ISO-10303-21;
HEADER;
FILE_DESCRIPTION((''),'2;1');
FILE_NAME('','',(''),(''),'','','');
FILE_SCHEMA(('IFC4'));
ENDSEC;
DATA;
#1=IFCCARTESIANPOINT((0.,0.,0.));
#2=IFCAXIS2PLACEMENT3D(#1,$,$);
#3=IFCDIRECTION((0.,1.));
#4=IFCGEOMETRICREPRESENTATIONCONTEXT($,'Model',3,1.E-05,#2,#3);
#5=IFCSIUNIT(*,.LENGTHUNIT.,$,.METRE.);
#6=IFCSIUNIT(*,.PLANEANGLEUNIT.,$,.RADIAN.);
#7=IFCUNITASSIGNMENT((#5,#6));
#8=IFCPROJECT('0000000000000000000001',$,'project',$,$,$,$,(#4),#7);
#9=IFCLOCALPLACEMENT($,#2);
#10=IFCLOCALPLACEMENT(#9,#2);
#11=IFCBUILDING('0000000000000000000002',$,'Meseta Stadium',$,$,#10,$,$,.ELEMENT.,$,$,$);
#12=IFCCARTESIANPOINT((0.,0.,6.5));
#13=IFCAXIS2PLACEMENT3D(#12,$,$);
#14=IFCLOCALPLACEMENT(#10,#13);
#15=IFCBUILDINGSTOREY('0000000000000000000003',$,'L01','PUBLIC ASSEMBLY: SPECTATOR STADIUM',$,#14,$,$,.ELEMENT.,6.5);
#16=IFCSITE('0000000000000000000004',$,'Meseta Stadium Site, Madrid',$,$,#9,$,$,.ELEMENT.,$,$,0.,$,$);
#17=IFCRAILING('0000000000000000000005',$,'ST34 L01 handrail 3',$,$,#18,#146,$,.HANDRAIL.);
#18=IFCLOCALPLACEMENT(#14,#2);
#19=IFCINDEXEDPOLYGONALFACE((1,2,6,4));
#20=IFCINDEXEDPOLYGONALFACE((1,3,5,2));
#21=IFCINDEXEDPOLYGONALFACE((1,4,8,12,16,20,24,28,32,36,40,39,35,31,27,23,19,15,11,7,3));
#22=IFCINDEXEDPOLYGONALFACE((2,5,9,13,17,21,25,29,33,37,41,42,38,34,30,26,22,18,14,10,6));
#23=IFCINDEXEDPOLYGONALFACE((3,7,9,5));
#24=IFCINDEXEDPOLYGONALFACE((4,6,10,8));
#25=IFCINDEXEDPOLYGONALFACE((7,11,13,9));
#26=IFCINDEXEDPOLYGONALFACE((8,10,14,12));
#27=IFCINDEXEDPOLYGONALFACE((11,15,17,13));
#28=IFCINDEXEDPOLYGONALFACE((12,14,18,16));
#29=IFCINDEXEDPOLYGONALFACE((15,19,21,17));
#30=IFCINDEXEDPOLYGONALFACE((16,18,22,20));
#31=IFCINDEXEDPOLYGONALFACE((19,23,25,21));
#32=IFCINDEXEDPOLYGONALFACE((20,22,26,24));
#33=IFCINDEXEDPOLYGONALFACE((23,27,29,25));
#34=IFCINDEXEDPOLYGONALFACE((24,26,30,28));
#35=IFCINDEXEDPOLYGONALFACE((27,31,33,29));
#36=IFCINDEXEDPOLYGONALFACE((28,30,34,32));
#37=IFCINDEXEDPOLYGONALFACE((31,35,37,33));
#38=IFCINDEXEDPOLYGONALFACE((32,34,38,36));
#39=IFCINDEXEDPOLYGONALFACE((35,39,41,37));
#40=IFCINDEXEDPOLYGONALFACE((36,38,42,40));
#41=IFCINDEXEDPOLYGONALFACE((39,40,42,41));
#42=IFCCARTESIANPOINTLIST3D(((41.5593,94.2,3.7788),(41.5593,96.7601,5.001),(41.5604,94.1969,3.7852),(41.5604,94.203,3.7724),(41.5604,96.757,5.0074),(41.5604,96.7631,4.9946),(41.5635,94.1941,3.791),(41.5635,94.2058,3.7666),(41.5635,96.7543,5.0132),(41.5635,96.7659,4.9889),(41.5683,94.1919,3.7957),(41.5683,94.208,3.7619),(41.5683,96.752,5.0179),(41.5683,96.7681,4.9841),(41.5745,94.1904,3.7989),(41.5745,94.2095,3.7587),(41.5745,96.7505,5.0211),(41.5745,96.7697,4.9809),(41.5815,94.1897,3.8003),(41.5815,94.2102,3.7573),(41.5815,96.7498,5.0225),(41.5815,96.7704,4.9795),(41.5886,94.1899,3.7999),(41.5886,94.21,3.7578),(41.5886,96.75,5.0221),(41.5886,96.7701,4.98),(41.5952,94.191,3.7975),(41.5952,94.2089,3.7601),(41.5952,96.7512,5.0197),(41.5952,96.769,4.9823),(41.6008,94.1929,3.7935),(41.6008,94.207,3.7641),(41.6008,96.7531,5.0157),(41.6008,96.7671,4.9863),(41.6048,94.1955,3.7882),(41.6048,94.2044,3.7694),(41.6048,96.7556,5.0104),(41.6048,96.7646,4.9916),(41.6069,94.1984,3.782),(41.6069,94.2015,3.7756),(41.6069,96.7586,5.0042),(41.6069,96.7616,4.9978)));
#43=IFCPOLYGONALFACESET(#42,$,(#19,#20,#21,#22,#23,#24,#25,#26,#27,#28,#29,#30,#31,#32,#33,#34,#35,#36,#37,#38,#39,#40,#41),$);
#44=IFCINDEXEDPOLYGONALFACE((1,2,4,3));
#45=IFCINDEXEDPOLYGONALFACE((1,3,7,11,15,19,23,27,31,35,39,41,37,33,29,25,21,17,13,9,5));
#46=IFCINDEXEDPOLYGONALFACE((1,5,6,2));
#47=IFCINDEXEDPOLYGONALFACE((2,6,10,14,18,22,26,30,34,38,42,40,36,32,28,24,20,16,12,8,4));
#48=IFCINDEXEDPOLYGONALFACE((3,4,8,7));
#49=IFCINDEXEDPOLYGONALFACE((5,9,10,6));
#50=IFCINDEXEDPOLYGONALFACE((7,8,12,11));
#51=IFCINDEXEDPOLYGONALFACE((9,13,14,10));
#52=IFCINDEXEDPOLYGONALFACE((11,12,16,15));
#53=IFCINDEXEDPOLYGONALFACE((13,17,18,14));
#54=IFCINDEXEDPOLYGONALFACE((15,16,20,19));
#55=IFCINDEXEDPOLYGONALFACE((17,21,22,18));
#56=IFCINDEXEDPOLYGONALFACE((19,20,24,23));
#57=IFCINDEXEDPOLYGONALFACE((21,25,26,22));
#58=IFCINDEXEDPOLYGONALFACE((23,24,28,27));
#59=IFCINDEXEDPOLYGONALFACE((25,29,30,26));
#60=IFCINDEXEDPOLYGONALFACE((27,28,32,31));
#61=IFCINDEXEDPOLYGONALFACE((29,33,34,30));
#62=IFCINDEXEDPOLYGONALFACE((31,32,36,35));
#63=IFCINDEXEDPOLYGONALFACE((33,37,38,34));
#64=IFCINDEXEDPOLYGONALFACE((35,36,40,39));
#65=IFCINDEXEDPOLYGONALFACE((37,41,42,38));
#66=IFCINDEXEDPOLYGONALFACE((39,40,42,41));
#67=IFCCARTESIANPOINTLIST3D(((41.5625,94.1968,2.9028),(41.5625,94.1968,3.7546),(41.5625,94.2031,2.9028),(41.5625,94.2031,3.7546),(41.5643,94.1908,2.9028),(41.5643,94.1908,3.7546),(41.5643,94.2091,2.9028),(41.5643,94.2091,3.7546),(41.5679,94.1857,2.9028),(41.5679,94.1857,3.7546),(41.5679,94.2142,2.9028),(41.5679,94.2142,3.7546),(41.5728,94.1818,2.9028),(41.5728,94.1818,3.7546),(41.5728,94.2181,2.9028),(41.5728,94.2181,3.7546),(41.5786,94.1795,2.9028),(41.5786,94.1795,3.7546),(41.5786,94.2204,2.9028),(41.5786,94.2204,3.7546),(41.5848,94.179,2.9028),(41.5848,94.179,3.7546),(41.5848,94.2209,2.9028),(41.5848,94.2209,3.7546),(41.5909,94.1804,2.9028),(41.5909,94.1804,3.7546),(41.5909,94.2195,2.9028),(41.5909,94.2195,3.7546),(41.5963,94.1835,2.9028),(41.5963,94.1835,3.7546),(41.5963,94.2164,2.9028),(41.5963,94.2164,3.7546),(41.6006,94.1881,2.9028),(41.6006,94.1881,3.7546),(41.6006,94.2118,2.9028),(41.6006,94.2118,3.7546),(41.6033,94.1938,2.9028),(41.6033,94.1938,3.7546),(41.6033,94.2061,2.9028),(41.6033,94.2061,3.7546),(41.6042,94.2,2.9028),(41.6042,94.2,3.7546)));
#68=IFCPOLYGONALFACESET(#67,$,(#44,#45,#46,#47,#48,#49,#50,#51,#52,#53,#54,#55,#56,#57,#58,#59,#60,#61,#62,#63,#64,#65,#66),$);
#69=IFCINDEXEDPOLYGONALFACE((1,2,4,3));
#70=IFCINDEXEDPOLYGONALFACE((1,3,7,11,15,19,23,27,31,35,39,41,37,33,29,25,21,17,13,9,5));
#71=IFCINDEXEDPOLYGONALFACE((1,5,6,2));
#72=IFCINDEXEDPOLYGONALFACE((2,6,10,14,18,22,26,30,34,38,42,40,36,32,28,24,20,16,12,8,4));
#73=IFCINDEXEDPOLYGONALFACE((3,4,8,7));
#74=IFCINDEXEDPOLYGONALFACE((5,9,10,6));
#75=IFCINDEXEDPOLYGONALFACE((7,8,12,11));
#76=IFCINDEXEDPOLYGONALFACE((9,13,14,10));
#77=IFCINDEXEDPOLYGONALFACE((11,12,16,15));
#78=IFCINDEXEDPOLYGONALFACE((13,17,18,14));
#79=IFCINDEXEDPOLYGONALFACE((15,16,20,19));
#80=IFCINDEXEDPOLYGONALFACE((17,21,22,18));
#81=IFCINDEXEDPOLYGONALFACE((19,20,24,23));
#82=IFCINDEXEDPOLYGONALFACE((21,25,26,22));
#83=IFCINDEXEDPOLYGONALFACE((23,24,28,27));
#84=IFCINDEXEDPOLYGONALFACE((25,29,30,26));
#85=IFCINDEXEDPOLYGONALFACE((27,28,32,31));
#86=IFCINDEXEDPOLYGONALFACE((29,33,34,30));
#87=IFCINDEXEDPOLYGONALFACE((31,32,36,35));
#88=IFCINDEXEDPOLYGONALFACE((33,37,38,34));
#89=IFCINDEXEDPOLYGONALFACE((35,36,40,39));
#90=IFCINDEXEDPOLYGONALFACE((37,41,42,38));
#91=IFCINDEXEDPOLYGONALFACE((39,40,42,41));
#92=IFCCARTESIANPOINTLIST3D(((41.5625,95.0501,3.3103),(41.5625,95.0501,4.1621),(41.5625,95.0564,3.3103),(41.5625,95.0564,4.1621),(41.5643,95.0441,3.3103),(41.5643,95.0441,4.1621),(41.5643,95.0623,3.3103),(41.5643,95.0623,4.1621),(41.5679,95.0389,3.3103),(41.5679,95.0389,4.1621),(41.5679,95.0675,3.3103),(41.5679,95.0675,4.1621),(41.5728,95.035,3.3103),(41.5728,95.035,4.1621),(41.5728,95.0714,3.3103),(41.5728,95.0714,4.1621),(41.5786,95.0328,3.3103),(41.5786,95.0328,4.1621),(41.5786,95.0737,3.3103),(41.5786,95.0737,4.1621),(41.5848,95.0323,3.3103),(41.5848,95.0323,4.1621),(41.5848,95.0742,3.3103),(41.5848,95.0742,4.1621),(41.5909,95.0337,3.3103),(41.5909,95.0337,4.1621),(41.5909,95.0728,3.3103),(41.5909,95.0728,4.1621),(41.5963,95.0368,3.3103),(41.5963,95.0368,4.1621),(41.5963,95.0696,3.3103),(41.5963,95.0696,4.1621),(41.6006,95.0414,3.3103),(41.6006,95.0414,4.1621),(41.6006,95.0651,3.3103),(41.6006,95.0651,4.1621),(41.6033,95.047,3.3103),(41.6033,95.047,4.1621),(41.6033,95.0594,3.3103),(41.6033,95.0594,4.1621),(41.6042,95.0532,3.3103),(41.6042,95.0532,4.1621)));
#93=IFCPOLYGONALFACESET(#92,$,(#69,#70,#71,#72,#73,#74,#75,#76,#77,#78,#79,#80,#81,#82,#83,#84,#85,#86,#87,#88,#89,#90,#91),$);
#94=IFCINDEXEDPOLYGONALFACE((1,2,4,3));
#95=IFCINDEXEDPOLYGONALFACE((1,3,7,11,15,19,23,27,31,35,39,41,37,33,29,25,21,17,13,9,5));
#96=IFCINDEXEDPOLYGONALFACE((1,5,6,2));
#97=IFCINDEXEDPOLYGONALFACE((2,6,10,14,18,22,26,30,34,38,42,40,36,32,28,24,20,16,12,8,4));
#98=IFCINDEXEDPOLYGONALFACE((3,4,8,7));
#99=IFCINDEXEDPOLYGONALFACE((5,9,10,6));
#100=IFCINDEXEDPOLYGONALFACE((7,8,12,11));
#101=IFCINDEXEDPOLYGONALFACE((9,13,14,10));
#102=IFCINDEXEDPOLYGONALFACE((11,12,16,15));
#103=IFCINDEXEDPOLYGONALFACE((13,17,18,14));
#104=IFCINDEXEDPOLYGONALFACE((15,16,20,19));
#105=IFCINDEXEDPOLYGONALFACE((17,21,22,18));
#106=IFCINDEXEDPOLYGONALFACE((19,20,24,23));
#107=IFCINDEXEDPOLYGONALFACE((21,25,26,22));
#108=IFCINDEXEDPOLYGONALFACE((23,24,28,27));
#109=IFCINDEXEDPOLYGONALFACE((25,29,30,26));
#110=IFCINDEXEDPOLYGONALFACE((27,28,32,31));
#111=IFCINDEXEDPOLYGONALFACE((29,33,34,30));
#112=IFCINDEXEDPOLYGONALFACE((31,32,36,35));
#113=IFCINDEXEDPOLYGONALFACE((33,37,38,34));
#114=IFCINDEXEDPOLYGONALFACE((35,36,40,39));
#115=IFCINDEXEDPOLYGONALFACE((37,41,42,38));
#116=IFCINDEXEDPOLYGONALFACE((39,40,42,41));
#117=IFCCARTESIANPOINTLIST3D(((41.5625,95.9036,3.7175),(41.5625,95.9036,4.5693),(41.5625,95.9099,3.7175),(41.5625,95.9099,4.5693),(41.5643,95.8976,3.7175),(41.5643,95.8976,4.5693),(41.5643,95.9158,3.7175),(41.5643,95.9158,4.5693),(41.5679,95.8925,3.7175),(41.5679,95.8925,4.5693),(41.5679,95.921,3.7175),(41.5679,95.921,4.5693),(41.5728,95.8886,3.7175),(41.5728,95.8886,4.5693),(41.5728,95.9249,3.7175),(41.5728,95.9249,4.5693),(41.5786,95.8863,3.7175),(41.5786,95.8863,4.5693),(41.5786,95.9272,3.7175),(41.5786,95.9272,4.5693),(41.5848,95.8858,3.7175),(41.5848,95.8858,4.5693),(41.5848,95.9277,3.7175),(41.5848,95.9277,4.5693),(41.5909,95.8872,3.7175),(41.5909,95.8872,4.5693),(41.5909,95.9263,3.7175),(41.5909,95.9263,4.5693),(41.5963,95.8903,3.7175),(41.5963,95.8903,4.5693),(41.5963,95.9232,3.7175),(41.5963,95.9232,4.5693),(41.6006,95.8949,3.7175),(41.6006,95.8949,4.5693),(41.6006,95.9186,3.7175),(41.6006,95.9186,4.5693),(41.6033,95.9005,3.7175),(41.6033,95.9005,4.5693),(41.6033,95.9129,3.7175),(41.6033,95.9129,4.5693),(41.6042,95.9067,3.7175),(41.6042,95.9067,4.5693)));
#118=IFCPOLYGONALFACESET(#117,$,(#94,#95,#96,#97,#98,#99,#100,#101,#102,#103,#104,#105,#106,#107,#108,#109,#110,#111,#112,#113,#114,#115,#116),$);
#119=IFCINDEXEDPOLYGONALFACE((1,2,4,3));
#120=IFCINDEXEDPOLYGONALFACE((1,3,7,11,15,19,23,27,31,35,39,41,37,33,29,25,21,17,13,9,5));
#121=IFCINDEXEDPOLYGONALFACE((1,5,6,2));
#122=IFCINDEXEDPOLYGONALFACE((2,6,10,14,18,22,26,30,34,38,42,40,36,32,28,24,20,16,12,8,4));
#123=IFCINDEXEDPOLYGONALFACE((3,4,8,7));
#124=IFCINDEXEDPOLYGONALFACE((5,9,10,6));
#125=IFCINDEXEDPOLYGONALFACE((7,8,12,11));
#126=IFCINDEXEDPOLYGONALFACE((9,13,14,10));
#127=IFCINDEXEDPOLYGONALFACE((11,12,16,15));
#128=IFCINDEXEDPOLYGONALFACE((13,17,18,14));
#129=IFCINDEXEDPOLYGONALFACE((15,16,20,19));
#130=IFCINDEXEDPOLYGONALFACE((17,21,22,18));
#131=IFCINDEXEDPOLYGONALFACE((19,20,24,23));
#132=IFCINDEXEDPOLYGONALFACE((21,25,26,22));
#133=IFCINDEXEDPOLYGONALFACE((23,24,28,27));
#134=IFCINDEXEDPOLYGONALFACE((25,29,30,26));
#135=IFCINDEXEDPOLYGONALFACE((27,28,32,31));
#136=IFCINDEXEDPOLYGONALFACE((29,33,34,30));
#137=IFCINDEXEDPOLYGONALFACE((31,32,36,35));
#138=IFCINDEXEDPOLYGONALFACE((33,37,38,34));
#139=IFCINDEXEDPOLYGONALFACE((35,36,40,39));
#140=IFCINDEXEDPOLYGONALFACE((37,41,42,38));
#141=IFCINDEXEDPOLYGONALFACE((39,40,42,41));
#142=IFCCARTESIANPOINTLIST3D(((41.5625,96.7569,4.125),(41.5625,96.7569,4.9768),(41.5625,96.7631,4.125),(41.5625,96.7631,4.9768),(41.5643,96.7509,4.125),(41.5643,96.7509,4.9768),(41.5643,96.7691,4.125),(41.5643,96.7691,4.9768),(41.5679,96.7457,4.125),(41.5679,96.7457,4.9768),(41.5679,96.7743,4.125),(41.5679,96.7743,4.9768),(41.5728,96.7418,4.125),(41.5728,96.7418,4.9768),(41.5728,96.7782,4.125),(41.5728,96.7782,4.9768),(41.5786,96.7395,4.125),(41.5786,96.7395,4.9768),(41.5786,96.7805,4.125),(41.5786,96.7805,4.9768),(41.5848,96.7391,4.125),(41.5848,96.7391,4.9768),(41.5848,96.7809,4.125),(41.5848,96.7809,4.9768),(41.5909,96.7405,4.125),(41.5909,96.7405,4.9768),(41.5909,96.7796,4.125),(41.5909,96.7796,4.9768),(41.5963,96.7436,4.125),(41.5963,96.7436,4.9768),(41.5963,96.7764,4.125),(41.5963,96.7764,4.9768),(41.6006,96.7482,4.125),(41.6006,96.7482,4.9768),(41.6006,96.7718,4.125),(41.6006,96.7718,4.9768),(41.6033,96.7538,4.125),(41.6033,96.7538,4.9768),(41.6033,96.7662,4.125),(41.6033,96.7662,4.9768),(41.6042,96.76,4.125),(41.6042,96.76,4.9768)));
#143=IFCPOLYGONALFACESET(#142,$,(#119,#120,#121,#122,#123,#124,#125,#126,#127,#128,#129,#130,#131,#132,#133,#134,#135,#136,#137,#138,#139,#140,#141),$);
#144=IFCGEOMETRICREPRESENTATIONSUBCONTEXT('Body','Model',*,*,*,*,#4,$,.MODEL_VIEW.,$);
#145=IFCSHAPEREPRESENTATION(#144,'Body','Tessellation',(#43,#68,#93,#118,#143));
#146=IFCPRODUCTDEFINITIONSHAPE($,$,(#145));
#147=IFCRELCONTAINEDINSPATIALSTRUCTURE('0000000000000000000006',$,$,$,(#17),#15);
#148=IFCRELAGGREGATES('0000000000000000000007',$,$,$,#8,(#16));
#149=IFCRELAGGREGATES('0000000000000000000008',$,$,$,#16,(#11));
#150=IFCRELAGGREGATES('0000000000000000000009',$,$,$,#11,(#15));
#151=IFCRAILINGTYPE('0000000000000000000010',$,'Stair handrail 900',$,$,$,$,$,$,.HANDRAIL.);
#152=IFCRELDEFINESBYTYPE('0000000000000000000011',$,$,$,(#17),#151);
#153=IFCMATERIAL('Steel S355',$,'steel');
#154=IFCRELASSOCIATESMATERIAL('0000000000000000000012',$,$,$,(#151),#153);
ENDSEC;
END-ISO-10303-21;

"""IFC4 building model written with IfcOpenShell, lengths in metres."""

from ifc_helpers import new_model, si_unit, direction, frame, origin, origin_2d, place, context, subcontext, project, spatial, circle, extrude, material, type_object, element, save


model = new_model("IFC4")

# Units and contexts
model_context = context("Model", 3, precision=1e-05, world=origin(), true_north=direction((0.0, 1.0)))
body_context = subcontext(model_context, "Body", "Model", "MODEL_VIEW")
ifc_project = project(units=[si_unit("LENGTHUNIT", "METRE"), si_unit("PLANEANGLEUNIT", "RADIAN")], contexts=[model_context])

# Site, building, storey
site_placement = place(None, origin())
site = spatial("IfcSite", under=ifc_project, at=site_placement, Name="Meseta Stadium Site, Madrid", CompositionType="ELEMENT", RefElevation=0.0)
building_placement = place(site_placement, origin())
building = spatial("IfcBuilding", under=site, at=building_placement, Name="Meseta Stadium", CompositionType="ELEMENT")
storey_placement = place(building_placement, frame((0.0, 0.0, 6.5)))
storey = spatial("IfcBuildingStorey", under=building, at=storey_placement, Name="L01", Description="PUBLIC ASSEMBLY: SPECTATOR STADIUM", CompositionType="ELEMENT", Elevation=6.5)

# Railing
ifc_material_1 = material(Name="Steel S355", Category="steel")
railing_type_1 = type_object("IfcRailingType", Name="Stair handrail 900", PredefinedType="HANDRAIL", material=ifc_material_1)
railing_1_placement = place(storey_placement, frame((41.5833, 94.2, 2.9028)))
element("IfcRailing", 1, at=railing_1_placement, inside=storey, type_object=railing_type_1, Name="ST34 L01 handrail 3", PredefinedType="HANDRAIL", context=body_context, shape_type="SweptSolid", body=[
    extrude(circle(Radius=0.0239, at=origin_2d()), frame((0.0, 0.0, 0.876), z_axis=(0.0, 0.902437, 0.430822), x_axis=(-1.0, 0.0, 0.0)), (0.0, 0.0, 1.0), 2.8369),
    extrude(circle(Radius=0.021, at=origin_2d()), origin(), (0.0, 0.0, 1.0), 0.8518),
    extrude(circle(Radius=0.021, at=origin_2d()), frame((0.0, 0.8533, 0.4075)), (0.0, 0.0, 1.0), 0.8518),
    extrude(circle(Radius=0.021, at=origin_2d()), frame((0.0, 1.7068, 0.8147)), (0.0, 0.0, 1.0), 0.8518),
    extrude(circle(Radius=0.021, at=origin_2d()), frame((0.0, 2.5601, 1.2222)), (0.0, 0.0, 1.0), 0.8518),
])

save(model, "model.ifc")
